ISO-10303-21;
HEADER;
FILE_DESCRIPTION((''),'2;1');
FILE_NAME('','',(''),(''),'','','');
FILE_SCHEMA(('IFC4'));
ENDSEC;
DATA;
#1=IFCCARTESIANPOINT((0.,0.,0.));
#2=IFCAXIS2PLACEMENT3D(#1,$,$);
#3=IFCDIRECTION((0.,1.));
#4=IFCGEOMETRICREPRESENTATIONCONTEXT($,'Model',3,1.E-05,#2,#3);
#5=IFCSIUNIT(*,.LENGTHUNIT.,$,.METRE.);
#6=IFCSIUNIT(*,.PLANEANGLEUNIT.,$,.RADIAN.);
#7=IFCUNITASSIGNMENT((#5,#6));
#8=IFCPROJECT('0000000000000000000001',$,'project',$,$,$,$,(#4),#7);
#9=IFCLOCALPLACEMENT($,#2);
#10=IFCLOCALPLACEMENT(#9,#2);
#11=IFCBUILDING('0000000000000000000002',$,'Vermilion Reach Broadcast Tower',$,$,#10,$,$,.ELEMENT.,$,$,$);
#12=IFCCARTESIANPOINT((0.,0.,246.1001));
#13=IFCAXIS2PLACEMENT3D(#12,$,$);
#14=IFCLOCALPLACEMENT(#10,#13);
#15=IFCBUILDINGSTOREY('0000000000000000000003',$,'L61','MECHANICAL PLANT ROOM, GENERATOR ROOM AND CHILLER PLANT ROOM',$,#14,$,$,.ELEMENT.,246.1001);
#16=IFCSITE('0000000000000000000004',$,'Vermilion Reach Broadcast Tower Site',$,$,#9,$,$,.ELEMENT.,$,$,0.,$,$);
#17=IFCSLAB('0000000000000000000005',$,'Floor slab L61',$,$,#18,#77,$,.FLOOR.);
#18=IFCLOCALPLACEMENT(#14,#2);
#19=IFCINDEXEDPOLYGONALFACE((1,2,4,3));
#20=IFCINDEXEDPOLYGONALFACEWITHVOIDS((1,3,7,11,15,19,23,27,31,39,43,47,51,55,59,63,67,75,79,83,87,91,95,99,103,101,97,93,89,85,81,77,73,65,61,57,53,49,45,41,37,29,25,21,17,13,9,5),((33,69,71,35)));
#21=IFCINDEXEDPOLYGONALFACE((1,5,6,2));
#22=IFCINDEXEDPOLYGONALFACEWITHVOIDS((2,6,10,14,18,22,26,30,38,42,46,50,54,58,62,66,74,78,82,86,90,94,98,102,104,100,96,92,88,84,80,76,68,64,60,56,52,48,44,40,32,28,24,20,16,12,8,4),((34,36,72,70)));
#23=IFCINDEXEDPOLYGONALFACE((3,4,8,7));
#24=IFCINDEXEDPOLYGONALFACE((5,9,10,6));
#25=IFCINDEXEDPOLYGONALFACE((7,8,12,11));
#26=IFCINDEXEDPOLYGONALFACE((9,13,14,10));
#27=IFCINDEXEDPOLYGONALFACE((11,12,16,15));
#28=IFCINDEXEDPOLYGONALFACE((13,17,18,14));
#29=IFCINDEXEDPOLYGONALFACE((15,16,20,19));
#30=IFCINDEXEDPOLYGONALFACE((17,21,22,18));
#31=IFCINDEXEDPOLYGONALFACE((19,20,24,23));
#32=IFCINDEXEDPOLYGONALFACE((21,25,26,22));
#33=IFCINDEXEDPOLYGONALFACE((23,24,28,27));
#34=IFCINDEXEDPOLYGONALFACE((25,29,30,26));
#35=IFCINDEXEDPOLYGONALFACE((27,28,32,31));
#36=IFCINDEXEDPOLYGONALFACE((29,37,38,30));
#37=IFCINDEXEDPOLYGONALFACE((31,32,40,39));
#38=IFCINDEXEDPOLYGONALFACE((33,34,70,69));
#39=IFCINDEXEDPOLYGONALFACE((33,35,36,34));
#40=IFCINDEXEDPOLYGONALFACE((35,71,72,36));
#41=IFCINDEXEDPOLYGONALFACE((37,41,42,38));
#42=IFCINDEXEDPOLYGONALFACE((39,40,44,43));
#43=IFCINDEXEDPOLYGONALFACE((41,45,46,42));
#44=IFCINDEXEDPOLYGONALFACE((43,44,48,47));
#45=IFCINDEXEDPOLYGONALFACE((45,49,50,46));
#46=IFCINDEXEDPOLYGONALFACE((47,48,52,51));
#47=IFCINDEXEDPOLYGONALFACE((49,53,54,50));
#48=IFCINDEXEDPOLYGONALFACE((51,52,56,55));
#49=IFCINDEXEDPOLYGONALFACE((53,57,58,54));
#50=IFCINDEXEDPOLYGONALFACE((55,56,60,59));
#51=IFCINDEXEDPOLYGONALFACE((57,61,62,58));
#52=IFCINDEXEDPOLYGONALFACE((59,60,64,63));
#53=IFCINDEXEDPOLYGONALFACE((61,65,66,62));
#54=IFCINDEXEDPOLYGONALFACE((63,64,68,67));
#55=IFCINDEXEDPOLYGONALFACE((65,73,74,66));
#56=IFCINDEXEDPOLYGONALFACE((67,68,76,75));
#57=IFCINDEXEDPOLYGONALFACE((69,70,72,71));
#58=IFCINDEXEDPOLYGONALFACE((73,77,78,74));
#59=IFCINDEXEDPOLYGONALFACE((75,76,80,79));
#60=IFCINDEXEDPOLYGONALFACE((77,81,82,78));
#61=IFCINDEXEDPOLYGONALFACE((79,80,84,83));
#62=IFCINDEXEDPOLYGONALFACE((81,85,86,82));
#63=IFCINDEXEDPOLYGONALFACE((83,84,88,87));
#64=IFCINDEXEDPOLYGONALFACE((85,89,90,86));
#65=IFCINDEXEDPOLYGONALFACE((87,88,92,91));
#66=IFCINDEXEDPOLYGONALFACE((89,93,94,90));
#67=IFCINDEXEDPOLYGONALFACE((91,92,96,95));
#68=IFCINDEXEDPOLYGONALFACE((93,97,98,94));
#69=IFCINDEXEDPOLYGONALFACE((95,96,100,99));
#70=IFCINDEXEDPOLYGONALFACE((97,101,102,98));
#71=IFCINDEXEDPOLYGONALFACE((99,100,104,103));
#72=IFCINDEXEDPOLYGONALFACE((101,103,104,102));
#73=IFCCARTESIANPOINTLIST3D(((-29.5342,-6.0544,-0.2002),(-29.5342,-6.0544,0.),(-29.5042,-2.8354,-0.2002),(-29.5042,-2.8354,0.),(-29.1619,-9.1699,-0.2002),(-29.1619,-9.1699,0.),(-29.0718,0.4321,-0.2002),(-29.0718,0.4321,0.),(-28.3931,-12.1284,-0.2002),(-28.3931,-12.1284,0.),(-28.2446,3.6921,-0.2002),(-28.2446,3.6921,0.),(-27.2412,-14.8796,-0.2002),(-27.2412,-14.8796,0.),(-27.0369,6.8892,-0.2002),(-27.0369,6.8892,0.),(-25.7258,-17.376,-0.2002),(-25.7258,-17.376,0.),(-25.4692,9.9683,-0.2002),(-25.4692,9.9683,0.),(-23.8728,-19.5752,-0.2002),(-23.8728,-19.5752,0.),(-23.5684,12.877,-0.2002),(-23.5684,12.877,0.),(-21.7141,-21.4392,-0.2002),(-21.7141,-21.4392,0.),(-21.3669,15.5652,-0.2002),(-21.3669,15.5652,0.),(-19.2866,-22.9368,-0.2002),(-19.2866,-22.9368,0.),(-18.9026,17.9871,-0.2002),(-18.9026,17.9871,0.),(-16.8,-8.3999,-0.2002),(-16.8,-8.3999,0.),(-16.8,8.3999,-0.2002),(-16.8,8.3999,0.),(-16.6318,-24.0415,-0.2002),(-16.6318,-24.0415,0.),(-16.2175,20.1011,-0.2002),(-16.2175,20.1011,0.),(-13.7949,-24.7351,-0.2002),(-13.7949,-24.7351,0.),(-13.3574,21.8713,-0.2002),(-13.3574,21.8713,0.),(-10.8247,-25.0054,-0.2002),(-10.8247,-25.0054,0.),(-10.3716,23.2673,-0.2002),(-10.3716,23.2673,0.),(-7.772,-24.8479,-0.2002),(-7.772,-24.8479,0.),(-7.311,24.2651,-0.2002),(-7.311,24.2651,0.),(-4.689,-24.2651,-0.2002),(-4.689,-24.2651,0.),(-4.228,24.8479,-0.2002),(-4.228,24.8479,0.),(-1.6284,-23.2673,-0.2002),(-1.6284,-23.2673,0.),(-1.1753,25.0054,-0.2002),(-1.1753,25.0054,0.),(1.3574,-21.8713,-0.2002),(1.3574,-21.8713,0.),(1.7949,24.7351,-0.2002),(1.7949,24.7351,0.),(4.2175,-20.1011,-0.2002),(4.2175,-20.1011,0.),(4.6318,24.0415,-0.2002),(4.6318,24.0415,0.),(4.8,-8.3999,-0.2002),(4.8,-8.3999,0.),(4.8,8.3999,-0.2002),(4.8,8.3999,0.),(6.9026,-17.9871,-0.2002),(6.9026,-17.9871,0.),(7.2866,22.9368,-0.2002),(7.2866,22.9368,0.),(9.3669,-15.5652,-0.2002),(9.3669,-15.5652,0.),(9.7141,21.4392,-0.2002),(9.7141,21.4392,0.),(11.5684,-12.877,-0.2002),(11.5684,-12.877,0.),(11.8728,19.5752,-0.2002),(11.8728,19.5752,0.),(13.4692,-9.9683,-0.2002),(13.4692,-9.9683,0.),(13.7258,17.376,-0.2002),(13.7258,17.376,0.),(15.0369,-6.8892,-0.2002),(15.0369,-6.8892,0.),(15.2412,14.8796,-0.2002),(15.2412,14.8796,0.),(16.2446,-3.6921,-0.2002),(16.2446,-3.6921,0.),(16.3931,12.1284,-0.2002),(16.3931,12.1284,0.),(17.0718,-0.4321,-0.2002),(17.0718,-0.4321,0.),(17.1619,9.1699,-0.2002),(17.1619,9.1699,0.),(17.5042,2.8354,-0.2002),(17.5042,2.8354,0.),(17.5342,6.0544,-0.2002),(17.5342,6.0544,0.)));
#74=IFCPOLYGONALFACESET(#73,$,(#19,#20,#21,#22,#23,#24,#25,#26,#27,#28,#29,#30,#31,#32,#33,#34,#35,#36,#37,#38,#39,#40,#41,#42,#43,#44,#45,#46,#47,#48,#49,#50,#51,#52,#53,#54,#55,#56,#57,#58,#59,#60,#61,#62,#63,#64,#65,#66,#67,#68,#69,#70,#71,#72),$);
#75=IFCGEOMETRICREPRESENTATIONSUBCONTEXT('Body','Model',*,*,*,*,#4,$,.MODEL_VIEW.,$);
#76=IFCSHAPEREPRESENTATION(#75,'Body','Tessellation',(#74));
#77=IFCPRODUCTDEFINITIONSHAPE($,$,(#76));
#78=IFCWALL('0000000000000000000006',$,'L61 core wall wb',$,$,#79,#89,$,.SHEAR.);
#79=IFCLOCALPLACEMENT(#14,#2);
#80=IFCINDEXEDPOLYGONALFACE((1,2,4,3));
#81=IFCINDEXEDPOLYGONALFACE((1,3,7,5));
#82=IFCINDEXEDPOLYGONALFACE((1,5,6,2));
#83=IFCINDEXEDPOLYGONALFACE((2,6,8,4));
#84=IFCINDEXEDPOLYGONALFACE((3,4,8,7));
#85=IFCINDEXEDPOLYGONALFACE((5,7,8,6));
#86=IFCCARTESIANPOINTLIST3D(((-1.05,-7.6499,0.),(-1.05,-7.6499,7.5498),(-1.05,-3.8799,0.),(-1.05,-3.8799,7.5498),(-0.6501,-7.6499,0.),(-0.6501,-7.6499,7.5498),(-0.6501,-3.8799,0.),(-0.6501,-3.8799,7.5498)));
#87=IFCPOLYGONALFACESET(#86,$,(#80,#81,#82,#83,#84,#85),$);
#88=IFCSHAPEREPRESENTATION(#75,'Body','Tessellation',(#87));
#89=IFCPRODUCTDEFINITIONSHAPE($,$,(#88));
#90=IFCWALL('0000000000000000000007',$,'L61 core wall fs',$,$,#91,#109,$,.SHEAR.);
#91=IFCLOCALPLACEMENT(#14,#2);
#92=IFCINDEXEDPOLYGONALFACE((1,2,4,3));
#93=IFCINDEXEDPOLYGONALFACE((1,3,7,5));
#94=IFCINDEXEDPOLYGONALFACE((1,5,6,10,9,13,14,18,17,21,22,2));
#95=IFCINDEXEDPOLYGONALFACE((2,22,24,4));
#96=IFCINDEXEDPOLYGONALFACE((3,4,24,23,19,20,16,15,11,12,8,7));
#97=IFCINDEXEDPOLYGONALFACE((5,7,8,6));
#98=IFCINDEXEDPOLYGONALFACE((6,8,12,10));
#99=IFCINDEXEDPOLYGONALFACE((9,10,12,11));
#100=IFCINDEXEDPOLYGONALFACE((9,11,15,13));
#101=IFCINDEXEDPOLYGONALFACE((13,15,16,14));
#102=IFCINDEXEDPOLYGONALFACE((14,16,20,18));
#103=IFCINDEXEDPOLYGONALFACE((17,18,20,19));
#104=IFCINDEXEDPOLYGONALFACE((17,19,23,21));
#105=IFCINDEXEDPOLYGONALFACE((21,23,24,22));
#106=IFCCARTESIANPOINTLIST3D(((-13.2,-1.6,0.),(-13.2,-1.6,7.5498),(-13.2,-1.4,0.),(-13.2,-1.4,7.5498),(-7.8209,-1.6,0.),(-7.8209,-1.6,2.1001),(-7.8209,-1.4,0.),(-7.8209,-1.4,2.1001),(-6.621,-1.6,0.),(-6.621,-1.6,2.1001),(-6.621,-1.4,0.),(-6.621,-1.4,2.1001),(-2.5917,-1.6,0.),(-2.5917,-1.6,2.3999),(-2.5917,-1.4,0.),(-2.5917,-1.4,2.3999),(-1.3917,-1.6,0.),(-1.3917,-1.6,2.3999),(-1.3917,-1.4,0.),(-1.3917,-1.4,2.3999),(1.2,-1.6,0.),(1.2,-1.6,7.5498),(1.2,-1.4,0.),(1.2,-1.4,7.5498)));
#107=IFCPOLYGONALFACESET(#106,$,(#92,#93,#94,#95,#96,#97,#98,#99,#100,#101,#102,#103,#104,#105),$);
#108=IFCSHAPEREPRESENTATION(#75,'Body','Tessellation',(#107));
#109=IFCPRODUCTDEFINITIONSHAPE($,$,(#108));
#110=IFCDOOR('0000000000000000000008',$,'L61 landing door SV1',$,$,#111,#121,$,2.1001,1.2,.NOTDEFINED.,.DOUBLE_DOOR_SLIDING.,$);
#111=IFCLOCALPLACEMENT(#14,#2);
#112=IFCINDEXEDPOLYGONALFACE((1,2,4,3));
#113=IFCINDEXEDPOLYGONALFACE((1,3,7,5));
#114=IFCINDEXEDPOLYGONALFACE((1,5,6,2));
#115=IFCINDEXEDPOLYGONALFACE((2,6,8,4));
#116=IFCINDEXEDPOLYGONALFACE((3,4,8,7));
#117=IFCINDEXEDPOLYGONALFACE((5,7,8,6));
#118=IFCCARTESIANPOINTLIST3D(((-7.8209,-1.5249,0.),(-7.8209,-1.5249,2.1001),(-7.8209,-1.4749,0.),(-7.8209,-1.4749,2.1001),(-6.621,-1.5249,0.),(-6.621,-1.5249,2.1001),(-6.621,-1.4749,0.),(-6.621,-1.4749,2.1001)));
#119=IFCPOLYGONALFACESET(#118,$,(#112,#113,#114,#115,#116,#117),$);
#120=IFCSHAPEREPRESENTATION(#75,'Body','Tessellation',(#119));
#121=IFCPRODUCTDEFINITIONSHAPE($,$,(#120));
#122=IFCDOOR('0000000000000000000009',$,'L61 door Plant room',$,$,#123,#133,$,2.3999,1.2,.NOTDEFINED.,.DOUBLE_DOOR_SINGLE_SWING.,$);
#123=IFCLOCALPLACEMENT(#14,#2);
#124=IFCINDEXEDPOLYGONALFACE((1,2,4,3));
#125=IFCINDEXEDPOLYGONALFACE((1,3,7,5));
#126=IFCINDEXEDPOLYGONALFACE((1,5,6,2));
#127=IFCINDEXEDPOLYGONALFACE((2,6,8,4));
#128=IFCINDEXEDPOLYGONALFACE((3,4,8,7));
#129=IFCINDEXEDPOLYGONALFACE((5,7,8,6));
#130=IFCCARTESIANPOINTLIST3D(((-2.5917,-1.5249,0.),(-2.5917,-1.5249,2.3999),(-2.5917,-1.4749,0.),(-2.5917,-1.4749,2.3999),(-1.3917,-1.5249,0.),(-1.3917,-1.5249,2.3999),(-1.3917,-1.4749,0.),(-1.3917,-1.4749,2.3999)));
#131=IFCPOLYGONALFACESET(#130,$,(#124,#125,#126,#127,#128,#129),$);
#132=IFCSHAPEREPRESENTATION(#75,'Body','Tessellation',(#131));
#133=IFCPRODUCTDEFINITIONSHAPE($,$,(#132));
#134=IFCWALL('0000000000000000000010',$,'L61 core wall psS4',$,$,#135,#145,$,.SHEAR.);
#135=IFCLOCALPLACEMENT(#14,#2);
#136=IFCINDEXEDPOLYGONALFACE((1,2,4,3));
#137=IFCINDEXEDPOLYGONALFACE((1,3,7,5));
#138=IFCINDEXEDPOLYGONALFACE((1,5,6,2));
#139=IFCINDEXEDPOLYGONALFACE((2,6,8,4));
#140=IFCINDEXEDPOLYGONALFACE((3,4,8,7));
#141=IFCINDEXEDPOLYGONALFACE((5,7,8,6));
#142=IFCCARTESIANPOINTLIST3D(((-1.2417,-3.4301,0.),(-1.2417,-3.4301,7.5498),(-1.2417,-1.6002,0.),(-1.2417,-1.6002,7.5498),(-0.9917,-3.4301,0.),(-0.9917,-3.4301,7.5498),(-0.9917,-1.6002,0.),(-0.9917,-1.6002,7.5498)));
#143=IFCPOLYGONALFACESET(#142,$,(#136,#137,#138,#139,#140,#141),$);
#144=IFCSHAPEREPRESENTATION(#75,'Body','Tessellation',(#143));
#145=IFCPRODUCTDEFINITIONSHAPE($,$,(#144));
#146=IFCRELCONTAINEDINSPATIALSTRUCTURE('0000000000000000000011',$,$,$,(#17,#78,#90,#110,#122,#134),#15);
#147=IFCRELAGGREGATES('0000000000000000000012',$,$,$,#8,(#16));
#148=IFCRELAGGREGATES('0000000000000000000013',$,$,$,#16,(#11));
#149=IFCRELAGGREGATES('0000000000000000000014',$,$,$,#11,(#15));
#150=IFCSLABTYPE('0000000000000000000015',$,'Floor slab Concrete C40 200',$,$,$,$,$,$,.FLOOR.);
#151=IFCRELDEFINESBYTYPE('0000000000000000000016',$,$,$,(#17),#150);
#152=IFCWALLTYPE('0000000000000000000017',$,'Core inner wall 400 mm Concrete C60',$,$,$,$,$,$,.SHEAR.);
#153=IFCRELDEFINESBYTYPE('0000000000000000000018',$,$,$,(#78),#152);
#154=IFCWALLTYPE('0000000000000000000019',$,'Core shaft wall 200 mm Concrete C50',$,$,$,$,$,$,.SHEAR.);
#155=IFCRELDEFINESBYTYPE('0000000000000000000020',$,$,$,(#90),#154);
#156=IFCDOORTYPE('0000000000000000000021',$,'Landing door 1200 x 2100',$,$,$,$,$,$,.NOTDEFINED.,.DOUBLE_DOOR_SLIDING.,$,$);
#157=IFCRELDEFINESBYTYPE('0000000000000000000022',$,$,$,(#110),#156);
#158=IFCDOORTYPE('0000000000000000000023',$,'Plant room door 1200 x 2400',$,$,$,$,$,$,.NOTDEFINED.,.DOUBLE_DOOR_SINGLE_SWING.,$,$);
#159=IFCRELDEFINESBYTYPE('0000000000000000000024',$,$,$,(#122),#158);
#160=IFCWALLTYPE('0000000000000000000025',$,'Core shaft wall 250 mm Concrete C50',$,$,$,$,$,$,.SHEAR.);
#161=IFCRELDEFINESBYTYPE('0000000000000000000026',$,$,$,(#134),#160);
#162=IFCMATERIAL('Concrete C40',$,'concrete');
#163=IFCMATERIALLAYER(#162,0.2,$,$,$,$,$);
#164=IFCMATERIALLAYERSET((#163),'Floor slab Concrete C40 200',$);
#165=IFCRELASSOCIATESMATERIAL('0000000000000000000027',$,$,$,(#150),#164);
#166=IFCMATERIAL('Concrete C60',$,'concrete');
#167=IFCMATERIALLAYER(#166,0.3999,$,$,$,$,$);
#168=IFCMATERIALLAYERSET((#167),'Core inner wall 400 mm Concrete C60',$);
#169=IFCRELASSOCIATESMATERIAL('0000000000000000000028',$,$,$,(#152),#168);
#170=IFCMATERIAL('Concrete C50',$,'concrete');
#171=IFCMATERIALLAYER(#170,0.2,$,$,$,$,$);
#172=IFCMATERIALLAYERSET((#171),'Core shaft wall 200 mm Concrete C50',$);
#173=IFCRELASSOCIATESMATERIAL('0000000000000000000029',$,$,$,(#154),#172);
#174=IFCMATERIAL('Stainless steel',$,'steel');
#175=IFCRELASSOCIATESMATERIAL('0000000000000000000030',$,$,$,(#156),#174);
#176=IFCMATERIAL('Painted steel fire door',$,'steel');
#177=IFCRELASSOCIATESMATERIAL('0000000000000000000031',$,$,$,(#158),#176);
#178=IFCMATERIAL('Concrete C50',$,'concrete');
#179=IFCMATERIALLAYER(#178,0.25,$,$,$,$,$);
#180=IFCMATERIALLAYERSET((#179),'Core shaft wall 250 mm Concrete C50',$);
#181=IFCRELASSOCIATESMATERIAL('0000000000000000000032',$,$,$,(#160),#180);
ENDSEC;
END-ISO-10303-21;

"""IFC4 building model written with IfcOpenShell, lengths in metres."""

from ifc_helpers import new_model, si_unit, direction, frame, frame_2d, origin, place, context, subcontext, project, spatial, polyline, rectangle, outline, extrude, material, layer, layer_set, type_object, element, fill, save


model = new_model("IFC4")

# Units and contexts
model_context = context("Model", 3, precision=1e-05, world=origin(), true_north=direction((0.0, 1.0)))
body_context = subcontext(model_context, "Body", "Model", "MODEL_VIEW")
ifc_project = project(units=[si_unit("LENGTHUNIT", "METRE"), si_unit("PLANEANGLEUNIT", "RADIAN")], contexts=[model_context])

# Site, building, storey
site_placement = place(None, origin())
site = spatial("IfcSite", under=ifc_project, at=site_placement, Name="Vermilion Reach Broadcast Tower Site", CompositionType="ELEMENT", RefElevation=0.0)
building_placement = place(site_placement, origin())
building = spatial("IfcBuilding", under=site, at=building_placement, Name="Vermilion Reach Broadcast Tower", CompositionType="ELEMENT")
storey_placement = place(building_placement, frame((0.0, 0.0, 246.1001)))
storey = spatial("IfcBuildingStorey", under=building, at=storey_placement, Name="L61", Description="MECHANICAL PLANT ROOM, GENERATOR ROOM AND CHILLER PLANT ROOM", CompositionType="ELEMENT", Elevation=246.1001)

# Slab
ifc_material_1 = material(Name="Concrete C40", Category="concrete")
ifc_layer_1 = layer(ifc_material_1, 0.2)
ifc_layer_set_1 = layer_set([ifc_layer_1], Name="Floor slab Concrete C40 200")
slab_type_1 = type_object("IfcSlabType", Name="Floor slab Concrete C40 200", PredefinedType="FLOOR", material=ifc_layer_set_1)
slab_1_placement = place(storey_placement, frame((0.0, 0.0, -0.2002)))
element("IfcSlab", 1, at=slab_1_placement, inside=storey, type_object=slab_type_1, Name="Floor slab L61", PredefinedType="FLOOR", context=body_context, shape_type="SweptSolid", body=[
    extrude(outline(polyline([(9.7141, 21.4392), (7.2866, 22.9368), (4.6318, 24.0415), (1.7949, 24.7351), (-1.1753, 25.0054), (-4.228, 24.8479), (-7.311, 24.2651), (-10.3716, 23.2673), (-13.3574, 21.8713), (-16.2175, 20.1011), (-18.9026, 17.9871), (-21.3669, 15.5652), (-23.5684, 12.877), (-25.4692, 9.9683), (-27.0369, 6.8892), (-28.2446, 3.6921), (-29.0718, 0.4321), (-29.5042, -2.8354), (-29.5342, -6.0544), (-29.1619, -9.1699), (-28.3931, -12.1284), (-27.2412, -14.8796), (-25.7258, -17.376), (-23.8728, -19.5752), (-21.7141, -21.4392), (-19.2866, -22.9368), (-16.6318, -24.0415), (-13.7949, -24.7351), (-10.8247, -25.0054), (-7.772, -24.8479), (-4.689, -24.2651), (-1.6284, -23.2673), (1.3574, -21.8713), (4.2175, -20.1011), (6.9026, -17.9871), (9.3669, -15.5652), (11.5684, -12.877), (13.4692, -9.9683), (15.0369, -6.8892), (16.2446, -3.6921), (17.0718, -0.4321), (17.5042, 2.8354), (17.5342, 6.0544), (17.1619, 9.1699), (16.3931, 12.1284), (15.2412, 14.8796), (13.7258, 17.376), (11.8728, 19.5752), (9.7141, 21.4392)]), holes=[polyline([(-16.8, -8.3999), (4.8, -8.3999), (4.8, 8.3999), (-16.8, 8.3999), (-16.8, -8.3999)])]), origin(), (0.0, 0.0, 1.0), 0.2002),
])

# Wall
ifc_material_2 = material(Name="Concrete C60", Category="concrete")
ifc_layer_2 = layer(ifc_material_2, 0.3999)
ifc_layer_set_2 = layer_set([ifc_layer_2], Name="Core inner wall 400 mm Concrete C60")
wall_type_1 = type_object("IfcWallType", Name="Core inner wall 400 mm Concrete C60", PredefinedType="SHEAR", material=ifc_layer_set_2)
wall_1_placement = place(storey_placement, frame((-0.8501, -3.8799, 0.0), z_axis=(0.0, 0.0, 1.0), x_axis=(0.0, -1.0, 0.0)))
element("IfcWall", 2, at=wall_1_placement, inside=storey, type_object=wall_type_1, Name="L61 core wall wb", PredefinedType="SHEAR", context=body_context, shape_type="SweptSolid", body=[
    extrude(rectangle(XDim=3.77, YDim=0.3999, at=frame_2d((1.885, 0.0))), origin(), (0.0, 0.0, 1.0), 7.5498),
])

# Wall, openings, doors
ifc_material_3 = material(Name="Concrete C50", Category="concrete")
ifc_layer_3 = layer(ifc_material_3, 0.2)
ifc_layer_set_3 = layer_set([ifc_layer_3], Name="Core shaft wall 200 mm Concrete C50")
wall_type_2 = type_object("IfcWallType", Name="Core shaft wall 200 mm Concrete C50", PredefinedType="SHEAR", material=ifc_layer_set_3)
wall_2_placement = place(storey_placement, frame((1.2, -1.5, 0.0), z_axis=(0.0, 0.0, 1.0), x_axis=(-1.0, 0.0, 0.0)))
wall_2 = element("IfcWall", 3, at=wall_2_placement, inside=storey, type_object=wall_type_2, Name="L61 core wall fs", PredefinedType="SHEAR", context=body_context, shape_type="SweptSolid", body=[
    extrude(rectangle(XDim=14.3999, YDim=0.2, at=frame_2d((7.2, 0.0))), origin(), (0.0, 0.0, 1.0), 7.5498),
])
opening_1_placement = place(wall_2_placement, frame((7.8208, 0.0, 0.0)))
opening_1 = element("IfcOpeningElement", 4, at=opening_1_placement, cuts=wall_2, PredefinedType="OPENING", context=body_context, shape_type="SweptSolid", body=[
    extrude(rectangle(XDim=1.2, YDim=2.1001, at=frame_2d((0.6001, 1.05))), frame((0.0, 0.1099, 0.0), z_axis=(0.0, -1.0, 0.0), x_axis=(1.0, 0.0, 0.0)), (0.0, 0.0, 1.0), 0.22),
])
opening_2_placement = place(wall_2_placement, frame((2.5916, 0.0, 0.0)))
opening_2 = element("IfcOpeningElement", 5, at=opening_2_placement, cuts=wall_2, PredefinedType="OPENING", context=body_context, shape_type="SweptSolid", body=[
    extrude(rectangle(XDim=1.2, YDim=2.3999, at=frame_2d((0.6001, 1.2))), frame((0.0, 0.1099, 0.0), z_axis=(0.0, -1.0, 0.0), x_axis=(1.0, 0.0, 0.0)), (0.0, 0.0, 1.0), 0.22),
])
ifc_material_4 = material(Name="Stainless steel", Category="steel")
door_type_1 = type_object("IfcDoorType", Name="Landing door 1200 x 2100", OperationType="DOUBLE_DOOR_SLIDING", PredefinedType="NOTDEFINED", material=ifc_material_4)
door_1_placement = place(opening_1_placement, origin())
door_1 = element("IfcDoor", 6, at=door_1_placement, inside=storey, type_object=door_type_1, Name="L61 landing door SV1", OperationType="DOUBLE_DOOR_SLIDING", OverallHeight=2.1001, OverallWidth=1.2, PredefinedType="NOTDEFINED", context=body_context, shape_type="SweptSolid", body=[
    extrude(rectangle(XDim=1.2, YDim=2.1001, at=frame_2d((0.6001, 1.05))), frame((0.0, 0.0249, 0.0), z_axis=(0.0, -1.0, 0.0), x_axis=(1.0, 0.0, 0.0)), (0.0, 0.0, 1.0), 0.05),
])
fill(opening_1, door_1)
ifc_material_5 = material(Name="Painted steel fire door", Category="steel")
door_type_2 = type_object("IfcDoorType", Name="Plant room door 1200 x 2400", OperationType="DOUBLE_DOOR_SINGLE_SWING", PredefinedType="NOTDEFINED", material=ifc_material_5)
door_2_placement = place(opening_2_placement, origin())
door_2 = element("IfcDoor", 7, at=door_2_placement, inside=storey, type_object=door_type_2, Name="L61 door Plant room", OperationType="DOUBLE_DOOR_SINGLE_SWING", OverallHeight=2.3999, OverallWidth=1.2, PredefinedType="NOTDEFINED", context=body_context, shape_type="SweptSolid", body=[
    extrude(rectangle(XDim=1.2, YDim=2.3999, at=frame_2d((0.6001, 1.2))), frame((0.0, 0.0249, 0.0), z_axis=(0.0, -1.0, 0.0), x_axis=(1.0, 0.0, 0.0)), (0.0, 0.0, 1.0), 0.05),
])
fill(opening_2, door_2)

# Wall
ifc_material_6 = material(Name="Concrete C50", Category="concrete")
ifc_layer_4 = layer(ifc_material_6, 0.25)
ifc_layer_set_4 = layer_set([ifc_layer_4], Name="Core shaft wall 250 mm Concrete C50")
wall_type_3 = type_object("IfcWallType", Name="Core shaft wall 250 mm Concrete C50", PredefinedType="SHEAR", material=ifc_layer_set_4)
wall_3_placement = place(storey_placement, frame((-1.1167, -1.6001, 0.0), z_axis=(0.0, 0.0, 1.0), x_axis=(0.0, -1.0, 0.0)))
element("IfcWall", 8, at=wall_3_placement, inside=storey, type_object=wall_type_3, Name="L61 core wall psS4", PredefinedType="SHEAR", context=body_context, shape_type="SweptSolid", body=[
    extrude(rectangle(XDim=1.8298, YDim=0.25, at=frame_2d((0.915, 0.0))), origin(), (0.0, 0.0, 1.0), 7.5498),
])

save(model, "model.ifc")
